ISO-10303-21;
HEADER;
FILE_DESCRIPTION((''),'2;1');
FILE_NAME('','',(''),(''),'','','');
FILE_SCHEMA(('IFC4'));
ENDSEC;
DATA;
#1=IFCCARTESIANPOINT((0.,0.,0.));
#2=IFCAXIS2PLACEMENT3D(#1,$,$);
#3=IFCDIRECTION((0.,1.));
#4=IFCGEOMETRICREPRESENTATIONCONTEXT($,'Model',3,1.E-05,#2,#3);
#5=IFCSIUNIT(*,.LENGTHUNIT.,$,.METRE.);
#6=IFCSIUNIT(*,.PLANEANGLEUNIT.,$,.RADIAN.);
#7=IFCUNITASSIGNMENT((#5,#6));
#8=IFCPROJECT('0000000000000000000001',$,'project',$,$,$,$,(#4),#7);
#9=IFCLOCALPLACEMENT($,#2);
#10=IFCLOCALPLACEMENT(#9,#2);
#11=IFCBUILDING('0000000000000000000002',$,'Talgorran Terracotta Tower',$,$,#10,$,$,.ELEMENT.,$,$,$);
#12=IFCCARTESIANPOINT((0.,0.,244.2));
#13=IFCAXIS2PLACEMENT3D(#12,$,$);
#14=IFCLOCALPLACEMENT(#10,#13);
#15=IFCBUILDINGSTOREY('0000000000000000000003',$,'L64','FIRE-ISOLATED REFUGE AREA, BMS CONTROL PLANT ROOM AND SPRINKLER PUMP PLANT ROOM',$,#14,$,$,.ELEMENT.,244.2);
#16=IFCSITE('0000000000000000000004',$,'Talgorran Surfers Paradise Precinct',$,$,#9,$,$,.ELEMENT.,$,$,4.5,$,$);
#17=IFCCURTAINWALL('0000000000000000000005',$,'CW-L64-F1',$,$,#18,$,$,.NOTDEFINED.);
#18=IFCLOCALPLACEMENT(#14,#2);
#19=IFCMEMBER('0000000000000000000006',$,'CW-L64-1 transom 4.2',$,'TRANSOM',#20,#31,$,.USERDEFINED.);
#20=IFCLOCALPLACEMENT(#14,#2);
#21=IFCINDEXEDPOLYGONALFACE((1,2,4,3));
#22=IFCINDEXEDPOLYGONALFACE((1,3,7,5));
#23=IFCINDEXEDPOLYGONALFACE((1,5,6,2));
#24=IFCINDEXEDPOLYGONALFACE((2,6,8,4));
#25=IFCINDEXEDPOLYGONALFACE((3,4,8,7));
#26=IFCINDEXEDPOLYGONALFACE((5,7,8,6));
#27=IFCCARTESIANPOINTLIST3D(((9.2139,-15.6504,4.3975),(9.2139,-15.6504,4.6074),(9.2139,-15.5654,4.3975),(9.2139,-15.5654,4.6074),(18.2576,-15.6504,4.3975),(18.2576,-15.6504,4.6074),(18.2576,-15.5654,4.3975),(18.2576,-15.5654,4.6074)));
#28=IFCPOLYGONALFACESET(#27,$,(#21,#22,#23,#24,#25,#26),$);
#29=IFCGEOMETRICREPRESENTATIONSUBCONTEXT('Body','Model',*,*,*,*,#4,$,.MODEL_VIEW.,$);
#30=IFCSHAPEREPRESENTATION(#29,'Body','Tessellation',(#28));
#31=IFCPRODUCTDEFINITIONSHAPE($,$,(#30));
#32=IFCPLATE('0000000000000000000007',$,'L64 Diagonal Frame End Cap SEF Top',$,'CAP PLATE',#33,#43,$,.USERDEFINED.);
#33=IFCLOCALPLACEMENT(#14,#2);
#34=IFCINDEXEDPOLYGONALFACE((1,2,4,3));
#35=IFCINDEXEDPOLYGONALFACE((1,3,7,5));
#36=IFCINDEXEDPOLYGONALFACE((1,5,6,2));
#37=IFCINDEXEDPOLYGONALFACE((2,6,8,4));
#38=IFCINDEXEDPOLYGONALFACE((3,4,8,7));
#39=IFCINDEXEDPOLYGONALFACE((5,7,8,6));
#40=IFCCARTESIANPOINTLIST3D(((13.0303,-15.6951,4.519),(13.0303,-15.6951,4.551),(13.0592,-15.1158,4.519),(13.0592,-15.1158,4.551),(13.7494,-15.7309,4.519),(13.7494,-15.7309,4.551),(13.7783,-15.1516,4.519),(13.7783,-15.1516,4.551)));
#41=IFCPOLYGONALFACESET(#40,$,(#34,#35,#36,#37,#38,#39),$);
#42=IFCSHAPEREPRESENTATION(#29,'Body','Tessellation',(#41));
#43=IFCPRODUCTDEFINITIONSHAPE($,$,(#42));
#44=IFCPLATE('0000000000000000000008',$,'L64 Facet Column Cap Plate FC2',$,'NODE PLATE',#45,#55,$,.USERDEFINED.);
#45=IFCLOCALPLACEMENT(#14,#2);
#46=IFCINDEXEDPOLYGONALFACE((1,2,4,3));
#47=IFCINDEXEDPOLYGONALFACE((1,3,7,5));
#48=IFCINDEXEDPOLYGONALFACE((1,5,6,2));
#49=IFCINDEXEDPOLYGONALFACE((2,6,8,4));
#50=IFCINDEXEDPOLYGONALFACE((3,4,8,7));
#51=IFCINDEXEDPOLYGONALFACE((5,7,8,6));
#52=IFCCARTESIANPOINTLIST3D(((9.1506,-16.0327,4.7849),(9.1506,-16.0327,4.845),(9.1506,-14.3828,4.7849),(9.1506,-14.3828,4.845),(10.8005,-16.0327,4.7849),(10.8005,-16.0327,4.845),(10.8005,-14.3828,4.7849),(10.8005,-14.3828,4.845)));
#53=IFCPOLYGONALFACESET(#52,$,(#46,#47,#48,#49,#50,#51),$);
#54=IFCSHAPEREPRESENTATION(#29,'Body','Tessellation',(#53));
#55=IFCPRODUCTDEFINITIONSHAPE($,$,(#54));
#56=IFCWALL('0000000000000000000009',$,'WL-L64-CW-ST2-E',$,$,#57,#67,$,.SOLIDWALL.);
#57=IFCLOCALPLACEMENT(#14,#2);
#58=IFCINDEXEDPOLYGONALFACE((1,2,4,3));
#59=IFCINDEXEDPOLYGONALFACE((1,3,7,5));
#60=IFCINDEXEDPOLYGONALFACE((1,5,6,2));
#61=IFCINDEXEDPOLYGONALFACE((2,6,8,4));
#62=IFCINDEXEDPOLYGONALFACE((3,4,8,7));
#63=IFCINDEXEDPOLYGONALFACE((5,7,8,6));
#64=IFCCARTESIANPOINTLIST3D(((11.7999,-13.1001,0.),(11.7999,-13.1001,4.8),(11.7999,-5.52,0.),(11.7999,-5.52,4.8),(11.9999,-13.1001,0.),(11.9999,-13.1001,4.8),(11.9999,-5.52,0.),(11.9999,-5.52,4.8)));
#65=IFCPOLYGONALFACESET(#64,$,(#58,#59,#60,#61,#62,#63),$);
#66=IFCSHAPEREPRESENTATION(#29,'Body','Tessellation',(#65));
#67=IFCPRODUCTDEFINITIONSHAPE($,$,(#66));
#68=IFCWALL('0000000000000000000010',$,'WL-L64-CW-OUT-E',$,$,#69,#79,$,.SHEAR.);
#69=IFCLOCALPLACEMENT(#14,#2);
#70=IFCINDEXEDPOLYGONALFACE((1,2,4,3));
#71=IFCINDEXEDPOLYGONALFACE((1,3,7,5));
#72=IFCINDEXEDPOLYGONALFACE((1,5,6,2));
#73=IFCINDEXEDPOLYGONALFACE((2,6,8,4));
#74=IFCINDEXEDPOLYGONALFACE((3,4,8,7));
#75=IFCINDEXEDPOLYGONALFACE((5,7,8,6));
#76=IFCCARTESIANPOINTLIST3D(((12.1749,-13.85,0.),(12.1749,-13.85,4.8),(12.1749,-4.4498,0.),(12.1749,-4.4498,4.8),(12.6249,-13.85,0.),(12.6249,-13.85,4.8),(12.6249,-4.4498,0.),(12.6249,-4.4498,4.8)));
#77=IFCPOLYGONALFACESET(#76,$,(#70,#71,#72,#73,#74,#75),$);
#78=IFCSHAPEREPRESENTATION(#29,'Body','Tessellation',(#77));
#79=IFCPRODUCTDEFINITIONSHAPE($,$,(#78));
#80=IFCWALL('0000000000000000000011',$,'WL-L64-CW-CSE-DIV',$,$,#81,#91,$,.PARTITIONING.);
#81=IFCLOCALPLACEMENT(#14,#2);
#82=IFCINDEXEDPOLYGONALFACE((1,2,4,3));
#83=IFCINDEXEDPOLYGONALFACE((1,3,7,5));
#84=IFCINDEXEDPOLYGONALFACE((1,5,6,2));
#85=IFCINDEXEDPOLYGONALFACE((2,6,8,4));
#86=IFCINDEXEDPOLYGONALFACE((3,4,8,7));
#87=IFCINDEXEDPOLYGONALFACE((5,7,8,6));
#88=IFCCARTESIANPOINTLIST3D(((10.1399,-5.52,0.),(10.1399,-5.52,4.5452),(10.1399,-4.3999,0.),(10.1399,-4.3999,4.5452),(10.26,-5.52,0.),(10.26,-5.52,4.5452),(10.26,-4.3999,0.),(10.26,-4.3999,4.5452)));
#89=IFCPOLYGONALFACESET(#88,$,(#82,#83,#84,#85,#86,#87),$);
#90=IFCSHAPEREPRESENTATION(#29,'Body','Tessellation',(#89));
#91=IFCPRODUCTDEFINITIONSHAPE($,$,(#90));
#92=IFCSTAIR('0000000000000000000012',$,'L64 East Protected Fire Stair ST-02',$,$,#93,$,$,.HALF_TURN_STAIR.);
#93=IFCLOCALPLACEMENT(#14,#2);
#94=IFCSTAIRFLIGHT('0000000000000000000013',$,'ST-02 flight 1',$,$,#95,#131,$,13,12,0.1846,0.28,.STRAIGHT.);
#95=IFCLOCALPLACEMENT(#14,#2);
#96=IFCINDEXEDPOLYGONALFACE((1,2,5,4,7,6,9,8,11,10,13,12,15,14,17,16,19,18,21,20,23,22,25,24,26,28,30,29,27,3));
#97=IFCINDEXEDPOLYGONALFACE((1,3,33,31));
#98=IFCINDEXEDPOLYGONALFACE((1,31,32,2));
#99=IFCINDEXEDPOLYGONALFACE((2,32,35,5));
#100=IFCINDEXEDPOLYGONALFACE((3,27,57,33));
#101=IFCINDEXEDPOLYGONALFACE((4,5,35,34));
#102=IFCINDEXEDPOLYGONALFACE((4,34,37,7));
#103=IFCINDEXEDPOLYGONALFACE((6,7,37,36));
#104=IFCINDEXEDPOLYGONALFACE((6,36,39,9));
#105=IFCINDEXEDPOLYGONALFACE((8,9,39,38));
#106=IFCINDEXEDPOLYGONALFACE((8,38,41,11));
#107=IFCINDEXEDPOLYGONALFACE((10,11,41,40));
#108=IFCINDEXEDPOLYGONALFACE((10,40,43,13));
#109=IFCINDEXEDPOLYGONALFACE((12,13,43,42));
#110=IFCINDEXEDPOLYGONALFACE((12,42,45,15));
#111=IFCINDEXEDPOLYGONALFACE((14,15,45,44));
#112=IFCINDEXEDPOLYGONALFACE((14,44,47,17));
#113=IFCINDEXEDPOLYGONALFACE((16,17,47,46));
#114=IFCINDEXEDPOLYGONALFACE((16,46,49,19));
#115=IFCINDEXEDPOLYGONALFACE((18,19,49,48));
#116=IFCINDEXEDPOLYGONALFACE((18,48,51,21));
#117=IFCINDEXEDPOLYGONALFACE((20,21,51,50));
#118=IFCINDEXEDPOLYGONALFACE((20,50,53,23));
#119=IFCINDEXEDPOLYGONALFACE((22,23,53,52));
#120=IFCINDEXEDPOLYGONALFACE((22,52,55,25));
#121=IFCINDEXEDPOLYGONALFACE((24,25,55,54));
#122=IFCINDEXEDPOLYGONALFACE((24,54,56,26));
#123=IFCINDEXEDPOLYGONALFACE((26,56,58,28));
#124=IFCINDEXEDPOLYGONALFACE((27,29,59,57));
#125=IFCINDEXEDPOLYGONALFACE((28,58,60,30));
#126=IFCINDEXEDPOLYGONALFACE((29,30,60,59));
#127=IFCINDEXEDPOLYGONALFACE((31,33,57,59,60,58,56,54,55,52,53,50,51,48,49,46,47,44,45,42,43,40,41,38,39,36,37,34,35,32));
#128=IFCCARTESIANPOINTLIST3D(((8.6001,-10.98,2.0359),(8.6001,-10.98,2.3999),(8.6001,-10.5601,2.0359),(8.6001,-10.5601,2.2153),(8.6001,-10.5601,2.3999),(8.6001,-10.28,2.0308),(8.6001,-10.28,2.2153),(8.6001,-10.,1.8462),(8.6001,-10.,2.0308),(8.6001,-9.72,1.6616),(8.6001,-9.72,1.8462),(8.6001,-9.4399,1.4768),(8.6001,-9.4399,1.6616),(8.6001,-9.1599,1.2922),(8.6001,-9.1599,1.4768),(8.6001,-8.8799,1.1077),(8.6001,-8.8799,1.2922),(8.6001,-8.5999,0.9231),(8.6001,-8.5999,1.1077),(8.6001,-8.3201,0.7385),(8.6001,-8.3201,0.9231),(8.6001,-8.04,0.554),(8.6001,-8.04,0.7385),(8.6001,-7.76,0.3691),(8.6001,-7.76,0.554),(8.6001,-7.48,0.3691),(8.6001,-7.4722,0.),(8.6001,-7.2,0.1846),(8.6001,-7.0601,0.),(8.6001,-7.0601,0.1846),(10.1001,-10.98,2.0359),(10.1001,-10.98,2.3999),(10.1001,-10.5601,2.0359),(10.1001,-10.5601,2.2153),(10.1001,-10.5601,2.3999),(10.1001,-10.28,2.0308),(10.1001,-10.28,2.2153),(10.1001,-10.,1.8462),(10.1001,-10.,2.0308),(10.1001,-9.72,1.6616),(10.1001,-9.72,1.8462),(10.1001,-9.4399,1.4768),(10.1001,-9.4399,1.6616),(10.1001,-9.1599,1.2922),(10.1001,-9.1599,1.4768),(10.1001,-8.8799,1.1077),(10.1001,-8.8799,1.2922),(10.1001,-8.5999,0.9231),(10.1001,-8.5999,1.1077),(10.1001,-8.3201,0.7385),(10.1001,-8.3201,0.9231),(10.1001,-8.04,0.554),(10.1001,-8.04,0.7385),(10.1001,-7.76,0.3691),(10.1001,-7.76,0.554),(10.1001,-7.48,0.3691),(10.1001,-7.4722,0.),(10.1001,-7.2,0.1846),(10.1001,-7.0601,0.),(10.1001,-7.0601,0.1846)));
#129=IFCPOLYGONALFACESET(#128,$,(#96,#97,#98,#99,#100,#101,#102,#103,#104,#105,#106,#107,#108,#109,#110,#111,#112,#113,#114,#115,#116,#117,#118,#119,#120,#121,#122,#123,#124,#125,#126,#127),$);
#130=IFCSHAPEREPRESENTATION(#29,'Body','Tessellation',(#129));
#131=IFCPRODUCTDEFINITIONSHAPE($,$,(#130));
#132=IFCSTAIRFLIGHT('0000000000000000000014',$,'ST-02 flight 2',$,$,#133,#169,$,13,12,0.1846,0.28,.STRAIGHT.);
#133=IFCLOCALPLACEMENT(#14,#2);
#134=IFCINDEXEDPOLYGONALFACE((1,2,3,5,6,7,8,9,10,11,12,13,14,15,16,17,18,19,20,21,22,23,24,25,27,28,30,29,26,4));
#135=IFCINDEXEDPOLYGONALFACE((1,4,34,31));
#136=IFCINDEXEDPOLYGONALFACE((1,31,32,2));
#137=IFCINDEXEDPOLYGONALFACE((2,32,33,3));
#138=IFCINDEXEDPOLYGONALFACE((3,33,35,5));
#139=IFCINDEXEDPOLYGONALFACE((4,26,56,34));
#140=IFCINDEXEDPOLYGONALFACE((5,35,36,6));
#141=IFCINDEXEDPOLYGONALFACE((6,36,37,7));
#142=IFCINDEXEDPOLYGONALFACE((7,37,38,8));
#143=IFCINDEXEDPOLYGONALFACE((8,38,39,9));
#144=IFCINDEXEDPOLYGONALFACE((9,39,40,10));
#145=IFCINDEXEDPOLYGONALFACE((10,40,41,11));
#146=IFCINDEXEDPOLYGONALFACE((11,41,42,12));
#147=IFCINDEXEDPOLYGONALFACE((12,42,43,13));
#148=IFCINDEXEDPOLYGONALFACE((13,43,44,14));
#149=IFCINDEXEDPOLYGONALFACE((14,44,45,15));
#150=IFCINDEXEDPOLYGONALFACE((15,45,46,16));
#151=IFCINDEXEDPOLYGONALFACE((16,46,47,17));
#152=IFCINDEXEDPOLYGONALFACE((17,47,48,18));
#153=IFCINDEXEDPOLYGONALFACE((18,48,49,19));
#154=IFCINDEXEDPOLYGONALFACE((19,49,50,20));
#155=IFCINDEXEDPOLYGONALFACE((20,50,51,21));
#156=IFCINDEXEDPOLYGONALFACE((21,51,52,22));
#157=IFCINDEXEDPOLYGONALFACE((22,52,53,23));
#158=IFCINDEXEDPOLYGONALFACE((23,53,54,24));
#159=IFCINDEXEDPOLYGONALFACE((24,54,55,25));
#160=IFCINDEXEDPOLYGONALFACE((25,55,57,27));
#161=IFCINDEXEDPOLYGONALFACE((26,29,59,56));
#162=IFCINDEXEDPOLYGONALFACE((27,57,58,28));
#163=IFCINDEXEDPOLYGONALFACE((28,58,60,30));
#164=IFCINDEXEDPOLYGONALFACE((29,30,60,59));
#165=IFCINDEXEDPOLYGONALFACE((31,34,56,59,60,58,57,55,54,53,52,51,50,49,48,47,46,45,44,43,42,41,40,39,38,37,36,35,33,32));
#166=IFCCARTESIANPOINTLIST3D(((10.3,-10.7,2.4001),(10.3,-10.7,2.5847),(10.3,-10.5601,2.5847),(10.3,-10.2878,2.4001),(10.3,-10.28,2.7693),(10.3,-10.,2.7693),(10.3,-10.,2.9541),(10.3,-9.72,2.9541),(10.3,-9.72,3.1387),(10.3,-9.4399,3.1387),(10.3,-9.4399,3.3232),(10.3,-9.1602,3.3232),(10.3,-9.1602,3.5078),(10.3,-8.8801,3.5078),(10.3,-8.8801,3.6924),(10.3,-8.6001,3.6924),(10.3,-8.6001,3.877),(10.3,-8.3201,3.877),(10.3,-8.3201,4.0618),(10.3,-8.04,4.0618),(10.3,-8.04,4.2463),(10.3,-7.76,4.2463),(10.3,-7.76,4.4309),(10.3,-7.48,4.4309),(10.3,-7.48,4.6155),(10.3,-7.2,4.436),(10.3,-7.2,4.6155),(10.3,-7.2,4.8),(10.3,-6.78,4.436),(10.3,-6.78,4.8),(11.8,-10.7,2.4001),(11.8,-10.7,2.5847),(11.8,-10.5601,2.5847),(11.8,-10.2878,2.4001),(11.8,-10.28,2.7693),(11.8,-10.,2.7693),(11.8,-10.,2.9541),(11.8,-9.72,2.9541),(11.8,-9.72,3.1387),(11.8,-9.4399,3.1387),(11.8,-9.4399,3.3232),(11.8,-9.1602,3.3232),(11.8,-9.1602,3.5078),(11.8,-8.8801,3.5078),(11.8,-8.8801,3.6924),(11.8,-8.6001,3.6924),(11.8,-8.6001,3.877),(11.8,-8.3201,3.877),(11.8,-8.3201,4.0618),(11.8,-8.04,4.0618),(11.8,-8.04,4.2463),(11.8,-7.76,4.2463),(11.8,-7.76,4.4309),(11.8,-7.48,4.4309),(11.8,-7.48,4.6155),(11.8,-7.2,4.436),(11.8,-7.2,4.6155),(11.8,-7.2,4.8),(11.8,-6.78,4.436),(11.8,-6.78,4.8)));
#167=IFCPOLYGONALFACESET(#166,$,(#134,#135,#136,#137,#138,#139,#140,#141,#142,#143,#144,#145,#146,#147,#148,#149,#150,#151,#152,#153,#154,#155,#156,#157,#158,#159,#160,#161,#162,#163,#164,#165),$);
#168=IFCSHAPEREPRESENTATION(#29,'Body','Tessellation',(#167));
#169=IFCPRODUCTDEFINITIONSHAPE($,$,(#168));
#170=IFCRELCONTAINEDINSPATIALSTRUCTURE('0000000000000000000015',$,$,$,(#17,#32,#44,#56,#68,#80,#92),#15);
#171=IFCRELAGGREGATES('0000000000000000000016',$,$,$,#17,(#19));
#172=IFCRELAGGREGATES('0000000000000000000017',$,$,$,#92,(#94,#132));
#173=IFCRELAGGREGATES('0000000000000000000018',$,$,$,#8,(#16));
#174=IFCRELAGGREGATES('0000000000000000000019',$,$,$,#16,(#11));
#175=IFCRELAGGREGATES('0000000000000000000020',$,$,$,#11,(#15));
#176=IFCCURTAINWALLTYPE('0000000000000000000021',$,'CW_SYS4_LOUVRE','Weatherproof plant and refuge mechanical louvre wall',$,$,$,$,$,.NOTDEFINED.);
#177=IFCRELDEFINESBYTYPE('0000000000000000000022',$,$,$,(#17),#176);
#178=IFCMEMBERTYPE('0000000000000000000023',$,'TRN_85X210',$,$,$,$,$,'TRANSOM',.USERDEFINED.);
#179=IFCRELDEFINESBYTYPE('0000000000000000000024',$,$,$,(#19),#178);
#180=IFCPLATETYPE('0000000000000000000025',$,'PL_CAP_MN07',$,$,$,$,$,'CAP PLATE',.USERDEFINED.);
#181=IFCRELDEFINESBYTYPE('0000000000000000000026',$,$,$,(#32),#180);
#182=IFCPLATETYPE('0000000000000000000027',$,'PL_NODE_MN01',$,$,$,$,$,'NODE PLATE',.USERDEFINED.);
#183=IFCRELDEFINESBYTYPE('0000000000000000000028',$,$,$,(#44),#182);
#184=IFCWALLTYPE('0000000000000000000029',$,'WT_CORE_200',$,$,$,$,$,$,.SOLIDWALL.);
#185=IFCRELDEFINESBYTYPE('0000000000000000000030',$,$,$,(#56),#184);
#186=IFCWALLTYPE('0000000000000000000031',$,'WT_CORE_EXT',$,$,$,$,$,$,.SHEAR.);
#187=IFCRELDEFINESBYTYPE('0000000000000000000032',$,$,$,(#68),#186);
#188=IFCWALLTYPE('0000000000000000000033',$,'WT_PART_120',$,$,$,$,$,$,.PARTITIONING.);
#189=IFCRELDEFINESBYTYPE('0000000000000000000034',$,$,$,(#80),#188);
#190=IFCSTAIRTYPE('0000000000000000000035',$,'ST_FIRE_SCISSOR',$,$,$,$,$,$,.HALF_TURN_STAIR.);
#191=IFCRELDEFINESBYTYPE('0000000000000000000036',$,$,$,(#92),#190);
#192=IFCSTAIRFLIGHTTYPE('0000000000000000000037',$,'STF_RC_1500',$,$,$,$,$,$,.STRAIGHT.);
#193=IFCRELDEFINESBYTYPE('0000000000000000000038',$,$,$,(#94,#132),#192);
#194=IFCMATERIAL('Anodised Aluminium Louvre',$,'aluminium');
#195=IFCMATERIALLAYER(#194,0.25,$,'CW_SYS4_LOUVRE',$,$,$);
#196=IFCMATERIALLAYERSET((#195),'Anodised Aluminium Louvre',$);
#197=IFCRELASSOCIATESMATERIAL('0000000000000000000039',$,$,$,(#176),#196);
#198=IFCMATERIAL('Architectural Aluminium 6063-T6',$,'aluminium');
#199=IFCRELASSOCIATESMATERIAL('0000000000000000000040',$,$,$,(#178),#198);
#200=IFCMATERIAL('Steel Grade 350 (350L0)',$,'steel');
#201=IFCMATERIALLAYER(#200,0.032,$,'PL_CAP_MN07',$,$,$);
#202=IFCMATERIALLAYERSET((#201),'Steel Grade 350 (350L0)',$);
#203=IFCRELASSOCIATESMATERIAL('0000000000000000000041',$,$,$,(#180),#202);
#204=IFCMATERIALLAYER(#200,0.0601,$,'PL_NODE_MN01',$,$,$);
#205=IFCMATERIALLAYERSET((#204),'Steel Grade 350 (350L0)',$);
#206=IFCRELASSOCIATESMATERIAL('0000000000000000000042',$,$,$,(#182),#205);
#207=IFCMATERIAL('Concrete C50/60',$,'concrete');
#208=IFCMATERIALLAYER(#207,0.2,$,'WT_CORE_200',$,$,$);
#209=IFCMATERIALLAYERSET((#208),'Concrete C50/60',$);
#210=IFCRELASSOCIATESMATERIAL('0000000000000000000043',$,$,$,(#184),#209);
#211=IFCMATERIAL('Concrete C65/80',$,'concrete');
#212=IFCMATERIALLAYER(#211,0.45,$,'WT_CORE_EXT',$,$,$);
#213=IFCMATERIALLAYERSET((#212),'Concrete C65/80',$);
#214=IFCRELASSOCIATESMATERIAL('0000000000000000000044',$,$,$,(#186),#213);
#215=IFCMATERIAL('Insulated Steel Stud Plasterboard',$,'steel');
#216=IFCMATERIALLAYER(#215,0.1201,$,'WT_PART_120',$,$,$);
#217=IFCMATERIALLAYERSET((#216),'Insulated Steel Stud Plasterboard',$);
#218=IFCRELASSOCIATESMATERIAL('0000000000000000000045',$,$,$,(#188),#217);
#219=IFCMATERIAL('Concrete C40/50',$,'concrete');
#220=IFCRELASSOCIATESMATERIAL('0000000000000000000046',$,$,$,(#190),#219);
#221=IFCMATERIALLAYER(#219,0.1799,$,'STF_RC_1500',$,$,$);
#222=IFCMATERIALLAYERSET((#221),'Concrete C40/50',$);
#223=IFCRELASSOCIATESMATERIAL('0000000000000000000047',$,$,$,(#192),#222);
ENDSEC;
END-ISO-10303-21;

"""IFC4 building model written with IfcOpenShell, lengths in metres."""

from ifc_helpers import new_model, si_unit, direction, frame, frame_2d, origin, origin_2d, place, context, subcontext, project, spatial, polyline, rectangle, outline, extrude, material, layer, layer_set, material_profile, profile_set, type_object, element, aggregate, save


model = new_model("IFC4")

# Units and contexts
model_context = context("Model", 3, precision=1e-05, world=origin(), true_north=direction((0.0, 1.0)))
body_context = subcontext(model_context, "Body", "Model", "MODEL_VIEW")
ifc_project = project(units=[si_unit("LENGTHUNIT", "METRE"), si_unit("PLANEANGLEUNIT", "RADIAN")], contexts=[model_context])

# Site, building, storey
site_placement = place(None, origin())
site = spatial("IfcSite", under=ifc_project, at=site_placement, Name="Talgorran Surfers Paradise Precinct", CompositionType="ELEMENT", RefElevation=4.5)
building_placement = place(site_placement, origin())
building = spatial("IfcBuilding", under=site, at=building_placement, Name="Talgorran Terracotta Tower", CompositionType="ELEMENT")
storey_placement = place(building_placement, frame((0.0, 0.0, 244.2)))
storey = spatial("IfcBuildingStorey", under=building, at=storey_placement, Name="L64", Description="FIRE-ISOLATED REFUGE AREA, BMS CONTROL PLANT ROOM AND SPRINKLER PUMP PLANT ROOM", CompositionType="ELEMENT", Elevation=244.2)

# Shared definitions
ifc_material_1 = material(Name="Steel Grade 350 (350L0)", Category="steel")

# Curtain wall, member
ifc_material_2 = material(Name="Anodised Aluminium Louvre", Category="aluminium")
ifc_layer_1 = layer(ifc_material_2, 0.25, Name="CW_SYS4_LOUVRE")
ifc_layer_set_1 = layer_set([ifc_layer_1], Name="Anodised Aluminium Louvre")
curtain_wall_type = type_object("IfcCurtainWallType", Name="CW_SYS4_LOUVRE", Description="Weatherproof plant and refuge mechanical louvre wall", PredefinedType="NOTDEFINED", material=ifc_layer_set_1)
curtain_wall_placement = place(storey_placement, origin())
curtain_wall = element("IfcCurtainWall", 1, at=curtain_wall_placement, inside=storey, type_object=curtain_wall_type, Name="CW-L64-F1", PredefinedType="NOTDEFINED")
ifc_material_3 = material(Name="Architectural Aluminium 6063-T6", Category="aluminium")
ifc_material_profile_1 = material_profile(ifc_material_3, rectangle(XDim=0.085, YDim=0.21, at=origin_2d()), Name="CWT85X210")
ifc_profile_set_1 = profile_set([ifc_material_profile_1], Name="Architectural Aluminium 6063-T6")
member_type_1 = type_object("IfcMemberType", Name="TRN_85X210", ElementType="TRANSOM", PredefinedType="USERDEFINED", material=ifc_profile_set_1)
member_1_placement = place(storey_placement, frame((9.2139, -15.6079, 4.5024), z_axis=(1.0, 0.0, 0.0), x_axis=(0.0, 1.0, 0.0)))
member_1 = element("IfcMember", 2, at=member_1_placement, type_object=member_type_1, Name="CW-L64-1 transom 4.2", ObjectType="TRANSOM", PredefinedType="USERDEFINED", context=body_context, shape_type="SweptSolid", body=[
    extrude(rectangle(XDim=0.085, YDim=0.21, at=origin_2d()), origin(), (0.0, 0.0, 1.0), 9.0437),
])
aggregate(curtain_wall, [member_1])

# Plates
ifc_layer_2 = layer(ifc_material_1, 0.032, Name="PL_CAP_MN07")
ifc_layer_set_2 = layer_set([ifc_layer_2], Name="Steel Grade 350 (350L0)")
plate_type_1 = type_object("IfcPlateType", Name="PL_CAP_MN07", ElementType="CAP PLATE", PredefinedType="USERDEFINED", material=ifc_layer_set_2)
plate_1_placement = place(storey_placement, frame((13.4043, -15.4233, 4.519), z_axis=(0.0, 0.0, 1.0), x_axis=(-0.998763, 0.049721, 0.0)))
element("IfcPlate", 3, at=plate_1_placement, inside=storey, type_object=plate_type_1, Name="L64 Diagonal Frame End Cap SEF Top", ObjectType="CAP PLATE", PredefinedType="USERDEFINED", context=body_context, shape_type="SweptSolid", body=[
    extrude(rectangle(XDim=0.72, YDim=0.5801, at=origin_2d()), origin(), (0.0, 0.0, 1.0), 0.032),
])
ifc_layer_3 = layer(ifc_material_1, 0.0601, Name="PL_NODE_MN01")
ifc_layer_set_3 = layer_set([ifc_layer_3], Name="Steel Grade 350 (350L0)")
plate_type_2 = type_object("IfcPlateType", Name="PL_NODE_MN01", ElementType="NODE PLATE", PredefinedType="USERDEFINED", material=ifc_layer_set_3)
plate_2_placement = place(storey_placement, frame((9.9756, -15.2078, 4.7849), z_axis=(0.0, 0.0, 1.0), x_axis=(1.0, 0.0, 0.0)))
element("IfcPlate", 4, at=plate_2_placement, inside=storey, type_object=plate_type_2, Name="L64 Facet Column Cap Plate FC2", ObjectType="NODE PLATE", PredefinedType="USERDEFINED", context=body_context, shape_type="SweptSolid", body=[
    extrude(rectangle(XDim=1.6499, YDim=1.6499, at=origin_2d()), origin(), (0.0, 0.0, 1.0), 0.0601),
])

# Walls
ifc_material_4 = material(Name="Concrete C50/60", Category="concrete")
ifc_layer_4 = layer(ifc_material_4, 0.2, Name="WT_CORE_200")
ifc_layer_set_4 = layer_set([ifc_layer_4], Name="Concrete C50/60")
wall_type_1 = type_object("IfcWallType", Name="WT_CORE_200", PredefinedType="SOLIDWALL", material=ifc_layer_set_4)
wall_1_placement = place(storey_placement, frame((11.8999, -13.1001, 0.0), z_axis=(0.0, 0.0, 1.0), x_axis=(0.0, 1.0, 0.0)))
element("IfcWall", 5, at=wall_1_placement, inside=storey, type_object=wall_type_1, Name="WL-L64-CW-ST2-E", PredefinedType="SOLIDWALL", context=body_context, shape_type="SweptSolid", body=[
    extrude(rectangle(XDim=7.5801, YDim=0.2, at=frame_2d((3.79, 0.0))), origin(), (0.0, 0.0, 1.0), 4.8),
])
ifc_material_5 = material(Name="Concrete C65/80", Category="concrete")
ifc_layer_5 = layer(ifc_material_5, 0.45, Name="WT_CORE_EXT")
ifc_layer_set_5 = layer_set([ifc_layer_5], Name="Concrete C65/80")
wall_type_2 = type_object("IfcWallType", Name="WT_CORE_EXT", PredefinedType="SHEAR", material=ifc_layer_set_5)
wall_2_placement = place(storey_placement, frame((12.3999, -13.8501, 0.0), z_axis=(0.0, 0.0, 1.0), x_axis=(0.0, 1.0, 0.0)))
element("IfcWall", 6, at=wall_2_placement, inside=storey, type_object=wall_type_2, Name="WL-L64-CW-OUT-E", PredefinedType="SHEAR", context=body_context, shape_type="SweptSolid", body=[
    extrude(rectangle(XDim=9.4001, YDim=0.45, at=frame_2d((4.7002, 0.0))), origin(), (0.0, 0.0, 1.0), 4.8),
])
ifc_material_6 = material(Name="Insulated Steel Stud Plasterboard", Category="steel")
ifc_layer_6 = layer(ifc_material_6, 0.1201, Name="WT_PART_120")
ifc_layer_set_6 = layer_set([ifc_layer_6], Name="Insulated Steel Stud Plasterboard")
wall_type_3 = type_object("IfcWallType", Name="WT_PART_120", PredefinedType="PARTITIONING", material=ifc_layer_set_6)
wall_3_placement = place(storey_placement, frame((10.2, -5.52, 0.0), z_axis=(0.0, 0.0, 1.0), x_axis=(0.0, 1.0, 0.0)))
element("IfcWall", 7, at=wall_3_placement, inside=storey, type_object=wall_type_3, Name="WL-L64-CW-CSE-DIV", PredefinedType="PARTITIONING", context=body_context, shape_type="SweptSolid", body=[
    extrude(rectangle(XDim=1.1201, YDim=0.1201, at=frame_2d((0.5601, 0.0))), origin(), (0.0, 0.0, 1.0), 4.5452),
])

# Stair, stair flights
ifc_material_7 = material(Name="Concrete C40/50", Category="concrete")
stair_type = type_object("IfcStairType", Name="ST_FIRE_SCISSOR", PredefinedType="HALF_TURN_STAIR", material=ifc_material_7)
stair_placement = place(storey_placement, origin())
stair = element("IfcStair", 8, at=stair_placement, inside=storey, type_object=stair_type, Name="L64 East Protected Fire Stair ST-02", PredefinedType="HALF_TURN_STAIR")
ifc_layer_7 = layer(ifc_material_7, 0.1799, Name="STF_RC_1500")
ifc_layer_set_7 = layer_set([ifc_layer_7], Name="Concrete C40/50")
stair_flight_type = type_object("IfcStairFlightType", Name="STF_RC_1500", PredefinedType="STRAIGHT", material=ifc_layer_set_7)
stair_flight_1_placement = place(storey_placement, frame((9.3501, -7.2, 0.0), z_axis=(0.0, 0.0, 1.0), x_axis=(0.0, -1.0, 0.0)))
stair_flight_1 = element("IfcStairFlight", 9, at=stair_flight_1_placement, type_object=stair_flight_type, Name="ST-02 flight 1", NumberOfRisers=13, NumberOfTreads=12, PredefinedType="STRAIGHT", RiserHeight=0.1846, TreadLength=0.28, context=body_context, shape_type="SweptSolid", body=[
    extrude(outline(polyline([(-0.1399, 0.0), (-0.1399, 0.1846), (0.0, 0.1846), (0.28, 0.3691), (0.5601, 0.3691), (0.5601, 0.554), (0.8401, 0.554), (0.8401, 0.7385), (1.1201, 0.7385), (1.1201, 0.9231), (1.3999, 0.9231), (1.3999, 1.1077), (1.6799, 1.1077), (1.6799, 1.2922), (1.96, 1.2922), (1.96, 1.4768), (2.24, 1.4768), (2.24, 1.6616), (2.52, 1.6616), (2.52, 1.8462), (2.8, 1.8462), (2.8, 2.0308), (3.0801, 2.0308), (3.0801, 2.2153), (3.3601, 2.2153), (3.3601, 2.3999), (3.78, 2.3999), (3.78, 2.0359), (3.3601, 2.0359), (0.2722, 0.0), (-0.1399, 0.0)])), frame((0.0, 0.75, 0.0), z_axis=(0.0, -1.0, 0.0), x_axis=(1.0, 0.0, 0.0)), (0.0, 0.0, 1.0), 1.5),
])
stair_flight_2_placement = place(storey_placement, frame((11.05, -10.5601, 2.4001), z_axis=(0.0, 0.0, 1.0), x_axis=(0.0, 1.0, 0.0)))
stair_flight_2 = element("IfcStairFlight", 10, at=stair_flight_2_placement, type_object=stair_flight_type, Name="ST-02 flight 2", NumberOfRisers=13, NumberOfTreads=12, PredefinedType="STRAIGHT", RiserHeight=0.1846, TreadLength=0.28, context=body_context, shape_type="SweptSolid", body=[
    extrude(outline(polyline([(-0.1399, 0.0), (-0.1399, 0.1846), (0.0, 0.1846), (0.28, 0.3691), (0.5601, 0.3691), (0.5601, 0.554), (0.8401, 0.554), (0.8401, 0.7385), (1.1201, 0.7385), (1.1201, 0.9231), (1.3999, 0.9231), (1.3999, 1.1077), (1.6799, 1.1077), (1.6799, 1.2922), (1.96, 1.2922), (1.96, 1.4768), (2.24, 1.4768), (2.24, 1.6616), (2.52, 1.6616), (2.52, 1.8462), (2.8, 1.8462), (2.8, 2.0308), (3.0801, 2.0308), (3.0801, 2.2153), (3.3601, 2.2153), (3.3601, 2.3999), (3.78, 2.3999), (3.78, 2.0359), (3.3601, 2.0359), (0.2722, 0.0), (-0.1399, 0.0)])), frame((0.0, 0.75, 0.0), z_axis=(0.0, -1.0, 0.0), x_axis=(1.0, 0.0, 0.0)), (0.0, 0.0, 1.0), 1.5),
])
aggregate(stair, [stair_flight_1, stair_flight_2])

save(model, "model.ifc")
